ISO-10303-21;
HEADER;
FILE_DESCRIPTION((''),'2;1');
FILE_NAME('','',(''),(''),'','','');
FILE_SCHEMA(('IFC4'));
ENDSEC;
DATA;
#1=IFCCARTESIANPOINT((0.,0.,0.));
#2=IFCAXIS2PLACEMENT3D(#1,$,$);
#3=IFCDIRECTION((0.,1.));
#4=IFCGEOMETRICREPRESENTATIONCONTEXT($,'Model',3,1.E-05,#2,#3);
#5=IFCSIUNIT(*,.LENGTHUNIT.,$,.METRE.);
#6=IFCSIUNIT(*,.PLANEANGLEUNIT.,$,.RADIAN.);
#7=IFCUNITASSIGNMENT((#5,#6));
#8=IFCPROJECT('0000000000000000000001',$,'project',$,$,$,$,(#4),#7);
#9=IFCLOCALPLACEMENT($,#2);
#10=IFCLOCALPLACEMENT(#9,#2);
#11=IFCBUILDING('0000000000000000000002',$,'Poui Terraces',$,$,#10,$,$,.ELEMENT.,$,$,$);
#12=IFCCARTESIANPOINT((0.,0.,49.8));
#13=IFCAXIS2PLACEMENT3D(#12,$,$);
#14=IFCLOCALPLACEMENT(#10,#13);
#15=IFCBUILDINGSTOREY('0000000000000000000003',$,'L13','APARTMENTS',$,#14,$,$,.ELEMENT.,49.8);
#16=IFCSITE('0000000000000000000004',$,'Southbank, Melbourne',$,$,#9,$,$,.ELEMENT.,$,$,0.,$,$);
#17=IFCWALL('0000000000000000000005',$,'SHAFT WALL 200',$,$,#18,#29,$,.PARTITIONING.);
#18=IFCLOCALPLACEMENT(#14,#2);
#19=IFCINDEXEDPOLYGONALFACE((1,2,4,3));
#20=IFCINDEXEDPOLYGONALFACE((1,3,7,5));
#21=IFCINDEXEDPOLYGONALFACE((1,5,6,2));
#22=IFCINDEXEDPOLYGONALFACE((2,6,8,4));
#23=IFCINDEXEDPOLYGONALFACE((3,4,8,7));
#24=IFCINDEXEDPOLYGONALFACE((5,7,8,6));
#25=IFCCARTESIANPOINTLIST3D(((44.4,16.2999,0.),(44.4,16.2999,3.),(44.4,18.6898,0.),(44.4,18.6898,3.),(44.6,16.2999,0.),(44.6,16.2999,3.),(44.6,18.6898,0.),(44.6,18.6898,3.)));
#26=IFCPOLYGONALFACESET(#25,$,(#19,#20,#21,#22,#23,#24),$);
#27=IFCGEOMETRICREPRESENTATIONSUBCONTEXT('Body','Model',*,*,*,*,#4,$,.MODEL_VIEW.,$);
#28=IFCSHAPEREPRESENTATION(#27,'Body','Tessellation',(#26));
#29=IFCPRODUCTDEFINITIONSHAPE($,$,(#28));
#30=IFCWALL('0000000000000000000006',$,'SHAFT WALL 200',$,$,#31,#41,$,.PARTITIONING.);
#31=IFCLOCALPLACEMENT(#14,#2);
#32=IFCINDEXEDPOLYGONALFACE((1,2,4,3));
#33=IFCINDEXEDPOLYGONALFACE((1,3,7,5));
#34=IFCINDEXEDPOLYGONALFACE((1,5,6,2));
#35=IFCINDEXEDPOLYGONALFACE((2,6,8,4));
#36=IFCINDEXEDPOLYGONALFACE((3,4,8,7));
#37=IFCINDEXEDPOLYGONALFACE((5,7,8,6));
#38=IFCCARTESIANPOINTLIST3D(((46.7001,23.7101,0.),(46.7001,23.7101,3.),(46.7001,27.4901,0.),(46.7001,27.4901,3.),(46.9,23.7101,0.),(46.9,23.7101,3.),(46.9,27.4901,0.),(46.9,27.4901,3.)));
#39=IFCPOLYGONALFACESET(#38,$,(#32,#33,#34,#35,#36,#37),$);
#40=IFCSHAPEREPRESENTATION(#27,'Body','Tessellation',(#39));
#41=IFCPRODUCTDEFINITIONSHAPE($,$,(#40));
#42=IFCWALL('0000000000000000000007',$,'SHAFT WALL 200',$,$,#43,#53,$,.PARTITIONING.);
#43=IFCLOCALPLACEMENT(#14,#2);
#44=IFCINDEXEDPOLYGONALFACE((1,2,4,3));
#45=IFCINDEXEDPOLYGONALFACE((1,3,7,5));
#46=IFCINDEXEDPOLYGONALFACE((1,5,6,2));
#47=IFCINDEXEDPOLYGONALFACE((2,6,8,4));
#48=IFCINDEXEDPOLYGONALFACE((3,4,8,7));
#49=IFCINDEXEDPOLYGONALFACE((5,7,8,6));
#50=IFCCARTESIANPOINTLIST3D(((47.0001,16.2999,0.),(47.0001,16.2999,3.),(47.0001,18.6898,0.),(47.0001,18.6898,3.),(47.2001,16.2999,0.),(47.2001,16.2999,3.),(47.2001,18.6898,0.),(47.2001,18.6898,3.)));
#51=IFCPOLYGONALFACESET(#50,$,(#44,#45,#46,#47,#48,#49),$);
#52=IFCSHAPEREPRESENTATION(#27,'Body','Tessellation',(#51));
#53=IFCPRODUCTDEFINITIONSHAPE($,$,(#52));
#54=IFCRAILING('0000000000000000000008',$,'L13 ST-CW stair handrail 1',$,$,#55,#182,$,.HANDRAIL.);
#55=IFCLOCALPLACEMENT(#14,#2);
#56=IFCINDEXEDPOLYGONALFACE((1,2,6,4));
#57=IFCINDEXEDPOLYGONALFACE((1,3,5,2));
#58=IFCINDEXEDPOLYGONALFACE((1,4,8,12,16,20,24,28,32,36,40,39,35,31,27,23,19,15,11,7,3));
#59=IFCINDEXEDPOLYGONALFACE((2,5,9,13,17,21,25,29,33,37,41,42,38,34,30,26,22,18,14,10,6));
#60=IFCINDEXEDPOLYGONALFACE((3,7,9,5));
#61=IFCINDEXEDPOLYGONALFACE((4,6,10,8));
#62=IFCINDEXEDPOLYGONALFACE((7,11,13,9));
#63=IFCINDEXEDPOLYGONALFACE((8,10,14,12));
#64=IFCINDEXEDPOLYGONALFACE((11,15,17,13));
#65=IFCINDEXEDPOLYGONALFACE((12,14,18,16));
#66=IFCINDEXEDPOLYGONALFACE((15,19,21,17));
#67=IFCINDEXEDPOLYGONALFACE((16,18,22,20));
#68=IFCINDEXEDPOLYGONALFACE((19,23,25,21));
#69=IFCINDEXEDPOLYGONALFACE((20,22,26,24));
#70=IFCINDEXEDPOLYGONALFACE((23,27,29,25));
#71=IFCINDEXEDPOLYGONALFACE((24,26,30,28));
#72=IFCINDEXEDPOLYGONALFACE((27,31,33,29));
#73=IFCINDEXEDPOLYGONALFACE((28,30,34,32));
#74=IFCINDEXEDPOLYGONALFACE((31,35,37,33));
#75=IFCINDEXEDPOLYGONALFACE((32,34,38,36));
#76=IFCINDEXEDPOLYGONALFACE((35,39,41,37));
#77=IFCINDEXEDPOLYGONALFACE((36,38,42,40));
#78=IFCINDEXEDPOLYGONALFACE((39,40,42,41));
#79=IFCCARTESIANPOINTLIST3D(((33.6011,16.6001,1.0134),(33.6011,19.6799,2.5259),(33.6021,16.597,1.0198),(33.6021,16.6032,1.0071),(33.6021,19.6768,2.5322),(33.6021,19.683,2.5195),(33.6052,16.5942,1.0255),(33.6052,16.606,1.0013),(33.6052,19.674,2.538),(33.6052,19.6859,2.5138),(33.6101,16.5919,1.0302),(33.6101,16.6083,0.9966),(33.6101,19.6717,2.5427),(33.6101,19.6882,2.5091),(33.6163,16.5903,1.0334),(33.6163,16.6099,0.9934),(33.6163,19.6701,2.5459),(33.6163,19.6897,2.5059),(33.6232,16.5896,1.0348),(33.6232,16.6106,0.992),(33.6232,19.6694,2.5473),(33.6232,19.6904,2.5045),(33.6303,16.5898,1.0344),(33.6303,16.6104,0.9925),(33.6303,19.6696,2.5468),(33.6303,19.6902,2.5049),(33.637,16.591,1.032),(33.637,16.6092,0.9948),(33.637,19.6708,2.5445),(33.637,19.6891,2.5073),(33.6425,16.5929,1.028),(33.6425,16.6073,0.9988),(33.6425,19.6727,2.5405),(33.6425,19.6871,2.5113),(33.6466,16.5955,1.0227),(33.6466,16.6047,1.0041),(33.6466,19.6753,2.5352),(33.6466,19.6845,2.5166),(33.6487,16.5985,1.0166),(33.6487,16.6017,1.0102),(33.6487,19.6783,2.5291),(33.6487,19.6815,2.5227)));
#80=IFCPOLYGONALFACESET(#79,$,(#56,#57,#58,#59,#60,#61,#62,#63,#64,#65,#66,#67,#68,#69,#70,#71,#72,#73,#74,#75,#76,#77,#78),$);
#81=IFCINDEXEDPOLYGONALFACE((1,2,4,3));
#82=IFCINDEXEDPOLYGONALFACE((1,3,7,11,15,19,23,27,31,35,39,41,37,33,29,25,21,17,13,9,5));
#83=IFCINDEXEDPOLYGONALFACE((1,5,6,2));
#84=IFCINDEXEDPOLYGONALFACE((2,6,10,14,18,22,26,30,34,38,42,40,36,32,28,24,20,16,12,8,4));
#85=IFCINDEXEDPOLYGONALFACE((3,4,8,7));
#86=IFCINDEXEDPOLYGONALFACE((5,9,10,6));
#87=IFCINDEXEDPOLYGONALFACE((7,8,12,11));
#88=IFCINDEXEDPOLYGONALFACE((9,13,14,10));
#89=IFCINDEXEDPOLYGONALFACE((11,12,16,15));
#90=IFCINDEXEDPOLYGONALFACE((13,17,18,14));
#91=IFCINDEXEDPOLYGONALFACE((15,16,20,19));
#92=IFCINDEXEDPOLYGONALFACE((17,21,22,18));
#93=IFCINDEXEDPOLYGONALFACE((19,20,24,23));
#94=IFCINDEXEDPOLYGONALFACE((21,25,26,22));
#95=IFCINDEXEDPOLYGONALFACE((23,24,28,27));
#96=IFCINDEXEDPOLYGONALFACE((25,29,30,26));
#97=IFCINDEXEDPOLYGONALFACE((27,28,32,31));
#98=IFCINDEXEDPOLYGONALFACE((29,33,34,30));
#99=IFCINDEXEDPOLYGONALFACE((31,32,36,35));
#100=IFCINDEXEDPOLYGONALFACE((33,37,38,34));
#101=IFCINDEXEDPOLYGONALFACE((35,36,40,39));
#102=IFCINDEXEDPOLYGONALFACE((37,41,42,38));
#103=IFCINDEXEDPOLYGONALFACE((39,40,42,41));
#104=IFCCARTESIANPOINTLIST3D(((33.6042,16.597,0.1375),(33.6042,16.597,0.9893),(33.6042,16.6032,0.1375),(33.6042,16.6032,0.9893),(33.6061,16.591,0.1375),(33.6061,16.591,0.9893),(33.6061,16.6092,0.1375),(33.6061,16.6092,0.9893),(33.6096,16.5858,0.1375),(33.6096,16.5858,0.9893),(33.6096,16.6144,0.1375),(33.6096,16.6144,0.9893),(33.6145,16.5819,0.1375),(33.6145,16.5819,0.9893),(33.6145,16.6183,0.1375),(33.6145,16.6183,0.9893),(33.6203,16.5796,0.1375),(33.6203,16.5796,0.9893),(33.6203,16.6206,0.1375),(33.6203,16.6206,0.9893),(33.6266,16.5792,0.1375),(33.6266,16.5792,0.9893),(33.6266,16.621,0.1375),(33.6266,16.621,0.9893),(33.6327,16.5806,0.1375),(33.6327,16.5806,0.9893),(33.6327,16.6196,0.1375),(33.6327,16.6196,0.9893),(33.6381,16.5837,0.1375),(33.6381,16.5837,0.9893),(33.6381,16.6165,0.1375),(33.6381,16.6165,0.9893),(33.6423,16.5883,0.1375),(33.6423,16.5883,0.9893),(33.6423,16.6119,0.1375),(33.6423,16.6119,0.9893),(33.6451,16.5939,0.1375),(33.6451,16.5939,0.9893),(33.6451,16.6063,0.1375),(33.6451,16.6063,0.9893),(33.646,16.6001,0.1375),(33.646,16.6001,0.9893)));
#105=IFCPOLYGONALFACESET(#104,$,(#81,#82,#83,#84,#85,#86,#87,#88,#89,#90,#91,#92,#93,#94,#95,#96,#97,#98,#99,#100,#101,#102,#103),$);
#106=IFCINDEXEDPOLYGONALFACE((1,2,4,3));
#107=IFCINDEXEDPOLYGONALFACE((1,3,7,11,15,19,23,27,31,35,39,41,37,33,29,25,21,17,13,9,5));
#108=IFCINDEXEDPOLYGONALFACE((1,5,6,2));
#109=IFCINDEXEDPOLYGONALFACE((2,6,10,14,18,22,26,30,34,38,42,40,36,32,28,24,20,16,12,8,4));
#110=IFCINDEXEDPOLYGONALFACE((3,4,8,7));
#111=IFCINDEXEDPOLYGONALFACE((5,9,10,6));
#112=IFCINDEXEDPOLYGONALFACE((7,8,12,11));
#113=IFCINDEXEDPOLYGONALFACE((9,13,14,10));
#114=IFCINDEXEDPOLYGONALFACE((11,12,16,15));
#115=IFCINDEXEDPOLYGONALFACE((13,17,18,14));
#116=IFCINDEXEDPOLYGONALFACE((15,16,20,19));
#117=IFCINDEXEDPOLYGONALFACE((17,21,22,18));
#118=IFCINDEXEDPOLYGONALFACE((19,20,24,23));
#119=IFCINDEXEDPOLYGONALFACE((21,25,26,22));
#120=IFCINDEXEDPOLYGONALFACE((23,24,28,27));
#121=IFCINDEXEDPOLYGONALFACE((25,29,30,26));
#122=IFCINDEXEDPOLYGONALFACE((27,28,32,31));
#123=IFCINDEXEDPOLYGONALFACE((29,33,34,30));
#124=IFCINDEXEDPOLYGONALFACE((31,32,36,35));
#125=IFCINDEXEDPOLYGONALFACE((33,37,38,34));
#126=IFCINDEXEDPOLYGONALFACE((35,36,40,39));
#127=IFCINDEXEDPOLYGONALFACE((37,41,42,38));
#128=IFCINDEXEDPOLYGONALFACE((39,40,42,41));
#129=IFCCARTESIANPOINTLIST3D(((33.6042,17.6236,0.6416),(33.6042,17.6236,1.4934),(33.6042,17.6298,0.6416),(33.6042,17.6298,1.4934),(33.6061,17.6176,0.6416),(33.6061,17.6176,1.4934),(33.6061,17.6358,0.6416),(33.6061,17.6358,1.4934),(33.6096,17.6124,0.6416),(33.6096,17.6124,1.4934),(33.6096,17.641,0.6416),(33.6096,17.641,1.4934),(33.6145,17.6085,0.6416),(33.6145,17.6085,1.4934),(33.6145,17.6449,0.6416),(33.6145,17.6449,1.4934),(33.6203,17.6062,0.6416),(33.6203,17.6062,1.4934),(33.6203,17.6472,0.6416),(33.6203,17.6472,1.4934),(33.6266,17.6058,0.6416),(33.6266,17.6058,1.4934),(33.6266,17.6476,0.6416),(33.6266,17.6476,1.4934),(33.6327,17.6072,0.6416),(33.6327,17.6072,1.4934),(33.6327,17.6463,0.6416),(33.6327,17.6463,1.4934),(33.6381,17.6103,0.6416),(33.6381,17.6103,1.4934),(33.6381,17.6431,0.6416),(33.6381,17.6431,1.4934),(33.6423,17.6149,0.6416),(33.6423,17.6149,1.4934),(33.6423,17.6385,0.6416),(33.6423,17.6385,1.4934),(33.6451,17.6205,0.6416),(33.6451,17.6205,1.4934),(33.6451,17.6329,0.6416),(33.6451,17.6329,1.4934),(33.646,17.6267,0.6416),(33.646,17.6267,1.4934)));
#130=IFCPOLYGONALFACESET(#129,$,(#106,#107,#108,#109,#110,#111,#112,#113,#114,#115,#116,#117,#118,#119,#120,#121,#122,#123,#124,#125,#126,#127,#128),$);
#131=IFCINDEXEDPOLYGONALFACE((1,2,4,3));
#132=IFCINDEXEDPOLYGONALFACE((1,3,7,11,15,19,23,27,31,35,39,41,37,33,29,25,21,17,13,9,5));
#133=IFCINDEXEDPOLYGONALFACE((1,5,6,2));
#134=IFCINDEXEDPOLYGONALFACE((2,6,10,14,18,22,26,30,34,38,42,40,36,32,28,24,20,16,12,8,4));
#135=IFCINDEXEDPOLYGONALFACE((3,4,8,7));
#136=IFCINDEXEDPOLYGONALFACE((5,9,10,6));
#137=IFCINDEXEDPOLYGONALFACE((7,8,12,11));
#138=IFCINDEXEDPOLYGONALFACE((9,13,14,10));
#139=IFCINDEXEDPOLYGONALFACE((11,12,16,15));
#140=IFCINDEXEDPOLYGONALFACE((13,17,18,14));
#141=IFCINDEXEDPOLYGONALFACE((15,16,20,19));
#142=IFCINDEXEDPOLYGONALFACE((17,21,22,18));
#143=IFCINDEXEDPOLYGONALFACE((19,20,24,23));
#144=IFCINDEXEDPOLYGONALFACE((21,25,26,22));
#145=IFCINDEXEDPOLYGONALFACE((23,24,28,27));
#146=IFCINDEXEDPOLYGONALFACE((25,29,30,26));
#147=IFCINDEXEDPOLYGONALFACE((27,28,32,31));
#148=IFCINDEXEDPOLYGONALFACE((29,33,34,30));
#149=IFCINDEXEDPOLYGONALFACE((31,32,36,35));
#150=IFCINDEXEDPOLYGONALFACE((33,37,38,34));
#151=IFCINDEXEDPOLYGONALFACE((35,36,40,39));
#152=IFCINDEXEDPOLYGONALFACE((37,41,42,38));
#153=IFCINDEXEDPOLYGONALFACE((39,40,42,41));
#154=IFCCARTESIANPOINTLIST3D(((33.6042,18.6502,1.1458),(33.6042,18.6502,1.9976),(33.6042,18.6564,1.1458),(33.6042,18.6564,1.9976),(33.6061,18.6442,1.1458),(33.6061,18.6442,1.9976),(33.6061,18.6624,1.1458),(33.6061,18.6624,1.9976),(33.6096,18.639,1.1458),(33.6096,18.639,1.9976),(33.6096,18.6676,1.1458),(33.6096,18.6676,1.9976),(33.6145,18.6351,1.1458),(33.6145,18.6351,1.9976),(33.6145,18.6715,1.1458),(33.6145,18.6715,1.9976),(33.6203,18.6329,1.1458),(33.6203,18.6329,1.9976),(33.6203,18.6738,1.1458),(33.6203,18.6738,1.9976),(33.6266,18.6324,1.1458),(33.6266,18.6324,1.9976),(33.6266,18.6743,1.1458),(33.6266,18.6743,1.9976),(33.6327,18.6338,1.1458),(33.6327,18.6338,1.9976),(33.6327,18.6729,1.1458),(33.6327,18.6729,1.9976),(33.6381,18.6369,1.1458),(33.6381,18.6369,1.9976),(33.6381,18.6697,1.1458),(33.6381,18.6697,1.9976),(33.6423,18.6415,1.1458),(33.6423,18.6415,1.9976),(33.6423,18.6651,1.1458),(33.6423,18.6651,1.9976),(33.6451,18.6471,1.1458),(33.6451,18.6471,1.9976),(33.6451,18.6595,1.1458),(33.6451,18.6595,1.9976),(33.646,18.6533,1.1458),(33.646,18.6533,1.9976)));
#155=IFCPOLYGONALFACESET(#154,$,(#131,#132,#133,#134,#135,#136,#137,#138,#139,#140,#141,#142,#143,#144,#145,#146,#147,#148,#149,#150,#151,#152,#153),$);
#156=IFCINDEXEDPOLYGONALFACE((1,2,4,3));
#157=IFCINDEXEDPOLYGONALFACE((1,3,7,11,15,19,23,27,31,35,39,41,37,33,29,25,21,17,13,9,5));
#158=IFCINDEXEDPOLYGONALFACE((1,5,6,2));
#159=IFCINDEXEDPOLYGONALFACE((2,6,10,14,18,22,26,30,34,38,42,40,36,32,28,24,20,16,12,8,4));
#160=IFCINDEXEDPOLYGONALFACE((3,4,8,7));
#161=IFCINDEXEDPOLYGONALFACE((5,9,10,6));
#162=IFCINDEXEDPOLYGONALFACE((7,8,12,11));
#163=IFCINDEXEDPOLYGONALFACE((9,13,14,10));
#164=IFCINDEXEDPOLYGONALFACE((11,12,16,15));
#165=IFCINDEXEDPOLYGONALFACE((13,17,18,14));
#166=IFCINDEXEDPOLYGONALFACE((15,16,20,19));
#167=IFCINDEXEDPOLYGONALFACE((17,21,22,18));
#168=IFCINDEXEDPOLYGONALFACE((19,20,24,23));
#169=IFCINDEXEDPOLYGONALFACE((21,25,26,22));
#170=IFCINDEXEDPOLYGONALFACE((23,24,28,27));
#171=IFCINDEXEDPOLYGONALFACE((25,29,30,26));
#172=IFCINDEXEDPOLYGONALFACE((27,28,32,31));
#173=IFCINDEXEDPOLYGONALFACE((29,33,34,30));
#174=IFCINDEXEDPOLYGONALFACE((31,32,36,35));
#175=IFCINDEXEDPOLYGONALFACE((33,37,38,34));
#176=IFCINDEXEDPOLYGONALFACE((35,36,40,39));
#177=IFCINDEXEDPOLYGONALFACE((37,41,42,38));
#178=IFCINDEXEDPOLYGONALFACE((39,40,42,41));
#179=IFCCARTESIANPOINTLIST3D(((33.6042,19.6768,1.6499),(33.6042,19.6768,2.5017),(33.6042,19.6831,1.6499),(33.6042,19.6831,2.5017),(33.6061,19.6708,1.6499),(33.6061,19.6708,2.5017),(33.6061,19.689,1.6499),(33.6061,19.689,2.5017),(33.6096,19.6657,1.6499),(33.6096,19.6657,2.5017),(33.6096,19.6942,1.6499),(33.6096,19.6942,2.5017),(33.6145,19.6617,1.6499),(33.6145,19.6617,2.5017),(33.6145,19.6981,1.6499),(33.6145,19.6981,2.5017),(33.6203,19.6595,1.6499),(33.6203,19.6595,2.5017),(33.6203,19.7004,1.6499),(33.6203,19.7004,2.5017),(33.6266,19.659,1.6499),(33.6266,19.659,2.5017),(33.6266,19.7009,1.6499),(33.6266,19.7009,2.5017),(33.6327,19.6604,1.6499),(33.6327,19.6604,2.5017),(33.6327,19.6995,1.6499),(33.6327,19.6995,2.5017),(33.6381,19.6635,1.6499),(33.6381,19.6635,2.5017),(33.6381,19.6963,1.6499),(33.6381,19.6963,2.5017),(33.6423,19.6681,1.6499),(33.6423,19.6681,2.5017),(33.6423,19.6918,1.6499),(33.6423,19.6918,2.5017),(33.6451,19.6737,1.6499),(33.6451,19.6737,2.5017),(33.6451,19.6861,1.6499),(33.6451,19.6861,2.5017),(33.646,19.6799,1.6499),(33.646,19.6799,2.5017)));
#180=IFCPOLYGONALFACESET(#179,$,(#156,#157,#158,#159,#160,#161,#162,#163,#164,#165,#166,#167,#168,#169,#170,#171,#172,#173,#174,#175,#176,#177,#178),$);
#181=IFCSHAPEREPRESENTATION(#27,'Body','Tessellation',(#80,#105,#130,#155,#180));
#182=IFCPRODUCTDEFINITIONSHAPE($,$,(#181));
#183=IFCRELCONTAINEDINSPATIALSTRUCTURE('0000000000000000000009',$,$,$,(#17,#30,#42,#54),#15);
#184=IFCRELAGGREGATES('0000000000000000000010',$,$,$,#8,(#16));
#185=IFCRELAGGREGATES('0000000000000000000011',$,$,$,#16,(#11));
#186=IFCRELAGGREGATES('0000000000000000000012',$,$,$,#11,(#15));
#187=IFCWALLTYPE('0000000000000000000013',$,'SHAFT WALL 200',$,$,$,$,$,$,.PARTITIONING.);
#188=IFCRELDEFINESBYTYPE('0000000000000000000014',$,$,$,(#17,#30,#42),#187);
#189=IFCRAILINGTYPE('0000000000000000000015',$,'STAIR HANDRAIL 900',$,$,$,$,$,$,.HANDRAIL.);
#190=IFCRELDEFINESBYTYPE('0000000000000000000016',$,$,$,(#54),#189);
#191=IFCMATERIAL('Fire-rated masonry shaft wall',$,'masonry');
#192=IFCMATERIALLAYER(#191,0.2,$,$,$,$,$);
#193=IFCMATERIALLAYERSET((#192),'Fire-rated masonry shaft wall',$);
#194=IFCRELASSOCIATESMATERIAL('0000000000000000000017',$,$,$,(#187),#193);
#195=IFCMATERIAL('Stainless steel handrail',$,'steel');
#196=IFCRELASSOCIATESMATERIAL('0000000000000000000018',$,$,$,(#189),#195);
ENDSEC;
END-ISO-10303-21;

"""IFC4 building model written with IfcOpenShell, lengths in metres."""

from ifc_helpers import new_model, si_unit, direction, frame, frame_2d, origin, origin_2d, place, context, subcontext, project, spatial, rectangle, circle, extrude, material, layer, layer_set, type_object, element, save


model = new_model("IFC4")

# Units and contexts
model_context = context("Model", 3, precision=1e-05, world=origin(), true_north=direction((0.0, 1.0)))
body_context = subcontext(model_context, "Body", "Model", "MODEL_VIEW")
ifc_project = project(units=[si_unit("LENGTHUNIT", "METRE"), si_unit("PLANEANGLEUNIT", "RADIAN")], contexts=[model_context])

# Site, building, storey
site_placement = place(None, origin())
site = spatial("IfcSite", under=ifc_project, at=site_placement, Name="Southbank, Melbourne", CompositionType="ELEMENT", RefElevation=0.0)
building_placement = place(site_placement, origin())
building = spatial("IfcBuilding", under=site, at=building_placement, Name="Poui Terraces", CompositionType="ELEMENT")
storey_placement = place(building_placement, frame((0.0, 0.0, 49.8)))
storey = spatial("IfcBuildingStorey", under=building, at=storey_placement, Name="L13", Description="APARTMENTS", CompositionType="ELEMENT", Elevation=49.8)

# Shared definitions
ifc_material_1 = material(Name="Fire-rated masonry shaft wall", Category="masonry")
ifc_layer_1 = layer(ifc_material_1, 0.2)
ifc_layer_set_1 = layer_set([ifc_layer_1], Name="Fire-rated masonry shaft wall")
wall_type_1 = type_object("IfcWallType", Name="SHAFT WALL 200", PredefinedType="PARTITIONING", material=ifc_layer_set_1)

# Walls
wall_1_placement = place(storey_placement, frame((44.5, 16.3, 0.0), z_axis=(0.0, 0.0, 1.0), x_axis=(0.0, 1.0, 0.0)))
element("IfcWall", 1, at=wall_1_placement, inside=storey, type_object=wall_type_1, Name="SHAFT WALL 200", PredefinedType="PARTITIONING", context=body_context, shape_type="SweptSolid", body=[
    extrude(rectangle(XDim=2.3899, YDim=0.2, at=frame_2d((1.1948, 0.0))), origin(), (0.0, 0.0, 1.0), 3.0),
])
wall_2_placement = place(storey_placement, frame((46.8, 23.71, 0.0), z_axis=(0.0, 0.0, 1.0), x_axis=(0.0, 1.0, 0.0)))
element("IfcWall", 2, at=wall_2_placement, inside=storey, type_object=wall_type_1, Name="SHAFT WALL 200", PredefinedType="PARTITIONING", context=body_context, shape_type="SweptSolid", body=[
    extrude(rectangle(XDim=3.78, YDim=0.2, at=frame_2d((1.8901, 0.0))), origin(), (0.0, 0.0, 1.0), 3.0),
])
wall_3_placement = place(storey_placement, frame((47.1001, 16.3, 0.0), z_axis=(0.0, 0.0, 1.0), x_axis=(0.0, 1.0, 0.0)))
element("IfcWall", 3, at=wall_3_placement, inside=storey, type_object=wall_type_1, Name="SHAFT WALL 200", PredefinedType="PARTITIONING", context=body_context, shape_type="SweptSolid", body=[
    extrude(rectangle(XDim=2.3899, YDim=0.2, at=frame_2d((1.1948, 0.0))), origin(), (0.0, 0.0, 1.0), 3.0),
])

# Railing
ifc_material_2 = material(Name="Stainless steel handrail", Category="steel")
railing_type = type_object("IfcRailingType", Name="STAIR HANDRAIL 900", PredefinedType="HANDRAIL", material=ifc_material_2)
railing_placement = place(storey_placement, frame((33.625, 16.6001, 0.1375)))
element("IfcRailing", 4, at=railing_placement, inside=storey, type_object=railing_type, Name="L13 ST-CW stair handrail 1", PredefinedType="HANDRAIL", context=body_context, shape_type="SweptSolid", body=[
    extrude(circle(Radius=0.0239, at=origin_2d()), frame((0.0, 0.0, 0.876), z_axis=(0.0, 0.897606, 0.440798), x_axis=(-1.0, 0.0, 0.0)), (0.0, 0.0, 1.0), 3.4312),
    extrude(circle(Radius=0.021, at=origin_2d()), origin(), (0.0, 0.0, 1.0), 0.8518),
    extrude(circle(Radius=0.021, at=origin_2d()), frame((0.0, 1.0266, 0.5042)), (0.0, 0.0, 1.0), 0.8518),
    extrude(circle(Radius=0.021, at=origin_2d()), frame((0.0, 2.0532, 1.0083)), (0.0, 0.0, 1.0), 0.8518),
    extrude(circle(Radius=0.021, at=origin_2d()), frame((0.0, 3.0798, 1.5125)), (0.0, 0.0, 1.0), 0.8518),
])

save(model, "model.ifc")
